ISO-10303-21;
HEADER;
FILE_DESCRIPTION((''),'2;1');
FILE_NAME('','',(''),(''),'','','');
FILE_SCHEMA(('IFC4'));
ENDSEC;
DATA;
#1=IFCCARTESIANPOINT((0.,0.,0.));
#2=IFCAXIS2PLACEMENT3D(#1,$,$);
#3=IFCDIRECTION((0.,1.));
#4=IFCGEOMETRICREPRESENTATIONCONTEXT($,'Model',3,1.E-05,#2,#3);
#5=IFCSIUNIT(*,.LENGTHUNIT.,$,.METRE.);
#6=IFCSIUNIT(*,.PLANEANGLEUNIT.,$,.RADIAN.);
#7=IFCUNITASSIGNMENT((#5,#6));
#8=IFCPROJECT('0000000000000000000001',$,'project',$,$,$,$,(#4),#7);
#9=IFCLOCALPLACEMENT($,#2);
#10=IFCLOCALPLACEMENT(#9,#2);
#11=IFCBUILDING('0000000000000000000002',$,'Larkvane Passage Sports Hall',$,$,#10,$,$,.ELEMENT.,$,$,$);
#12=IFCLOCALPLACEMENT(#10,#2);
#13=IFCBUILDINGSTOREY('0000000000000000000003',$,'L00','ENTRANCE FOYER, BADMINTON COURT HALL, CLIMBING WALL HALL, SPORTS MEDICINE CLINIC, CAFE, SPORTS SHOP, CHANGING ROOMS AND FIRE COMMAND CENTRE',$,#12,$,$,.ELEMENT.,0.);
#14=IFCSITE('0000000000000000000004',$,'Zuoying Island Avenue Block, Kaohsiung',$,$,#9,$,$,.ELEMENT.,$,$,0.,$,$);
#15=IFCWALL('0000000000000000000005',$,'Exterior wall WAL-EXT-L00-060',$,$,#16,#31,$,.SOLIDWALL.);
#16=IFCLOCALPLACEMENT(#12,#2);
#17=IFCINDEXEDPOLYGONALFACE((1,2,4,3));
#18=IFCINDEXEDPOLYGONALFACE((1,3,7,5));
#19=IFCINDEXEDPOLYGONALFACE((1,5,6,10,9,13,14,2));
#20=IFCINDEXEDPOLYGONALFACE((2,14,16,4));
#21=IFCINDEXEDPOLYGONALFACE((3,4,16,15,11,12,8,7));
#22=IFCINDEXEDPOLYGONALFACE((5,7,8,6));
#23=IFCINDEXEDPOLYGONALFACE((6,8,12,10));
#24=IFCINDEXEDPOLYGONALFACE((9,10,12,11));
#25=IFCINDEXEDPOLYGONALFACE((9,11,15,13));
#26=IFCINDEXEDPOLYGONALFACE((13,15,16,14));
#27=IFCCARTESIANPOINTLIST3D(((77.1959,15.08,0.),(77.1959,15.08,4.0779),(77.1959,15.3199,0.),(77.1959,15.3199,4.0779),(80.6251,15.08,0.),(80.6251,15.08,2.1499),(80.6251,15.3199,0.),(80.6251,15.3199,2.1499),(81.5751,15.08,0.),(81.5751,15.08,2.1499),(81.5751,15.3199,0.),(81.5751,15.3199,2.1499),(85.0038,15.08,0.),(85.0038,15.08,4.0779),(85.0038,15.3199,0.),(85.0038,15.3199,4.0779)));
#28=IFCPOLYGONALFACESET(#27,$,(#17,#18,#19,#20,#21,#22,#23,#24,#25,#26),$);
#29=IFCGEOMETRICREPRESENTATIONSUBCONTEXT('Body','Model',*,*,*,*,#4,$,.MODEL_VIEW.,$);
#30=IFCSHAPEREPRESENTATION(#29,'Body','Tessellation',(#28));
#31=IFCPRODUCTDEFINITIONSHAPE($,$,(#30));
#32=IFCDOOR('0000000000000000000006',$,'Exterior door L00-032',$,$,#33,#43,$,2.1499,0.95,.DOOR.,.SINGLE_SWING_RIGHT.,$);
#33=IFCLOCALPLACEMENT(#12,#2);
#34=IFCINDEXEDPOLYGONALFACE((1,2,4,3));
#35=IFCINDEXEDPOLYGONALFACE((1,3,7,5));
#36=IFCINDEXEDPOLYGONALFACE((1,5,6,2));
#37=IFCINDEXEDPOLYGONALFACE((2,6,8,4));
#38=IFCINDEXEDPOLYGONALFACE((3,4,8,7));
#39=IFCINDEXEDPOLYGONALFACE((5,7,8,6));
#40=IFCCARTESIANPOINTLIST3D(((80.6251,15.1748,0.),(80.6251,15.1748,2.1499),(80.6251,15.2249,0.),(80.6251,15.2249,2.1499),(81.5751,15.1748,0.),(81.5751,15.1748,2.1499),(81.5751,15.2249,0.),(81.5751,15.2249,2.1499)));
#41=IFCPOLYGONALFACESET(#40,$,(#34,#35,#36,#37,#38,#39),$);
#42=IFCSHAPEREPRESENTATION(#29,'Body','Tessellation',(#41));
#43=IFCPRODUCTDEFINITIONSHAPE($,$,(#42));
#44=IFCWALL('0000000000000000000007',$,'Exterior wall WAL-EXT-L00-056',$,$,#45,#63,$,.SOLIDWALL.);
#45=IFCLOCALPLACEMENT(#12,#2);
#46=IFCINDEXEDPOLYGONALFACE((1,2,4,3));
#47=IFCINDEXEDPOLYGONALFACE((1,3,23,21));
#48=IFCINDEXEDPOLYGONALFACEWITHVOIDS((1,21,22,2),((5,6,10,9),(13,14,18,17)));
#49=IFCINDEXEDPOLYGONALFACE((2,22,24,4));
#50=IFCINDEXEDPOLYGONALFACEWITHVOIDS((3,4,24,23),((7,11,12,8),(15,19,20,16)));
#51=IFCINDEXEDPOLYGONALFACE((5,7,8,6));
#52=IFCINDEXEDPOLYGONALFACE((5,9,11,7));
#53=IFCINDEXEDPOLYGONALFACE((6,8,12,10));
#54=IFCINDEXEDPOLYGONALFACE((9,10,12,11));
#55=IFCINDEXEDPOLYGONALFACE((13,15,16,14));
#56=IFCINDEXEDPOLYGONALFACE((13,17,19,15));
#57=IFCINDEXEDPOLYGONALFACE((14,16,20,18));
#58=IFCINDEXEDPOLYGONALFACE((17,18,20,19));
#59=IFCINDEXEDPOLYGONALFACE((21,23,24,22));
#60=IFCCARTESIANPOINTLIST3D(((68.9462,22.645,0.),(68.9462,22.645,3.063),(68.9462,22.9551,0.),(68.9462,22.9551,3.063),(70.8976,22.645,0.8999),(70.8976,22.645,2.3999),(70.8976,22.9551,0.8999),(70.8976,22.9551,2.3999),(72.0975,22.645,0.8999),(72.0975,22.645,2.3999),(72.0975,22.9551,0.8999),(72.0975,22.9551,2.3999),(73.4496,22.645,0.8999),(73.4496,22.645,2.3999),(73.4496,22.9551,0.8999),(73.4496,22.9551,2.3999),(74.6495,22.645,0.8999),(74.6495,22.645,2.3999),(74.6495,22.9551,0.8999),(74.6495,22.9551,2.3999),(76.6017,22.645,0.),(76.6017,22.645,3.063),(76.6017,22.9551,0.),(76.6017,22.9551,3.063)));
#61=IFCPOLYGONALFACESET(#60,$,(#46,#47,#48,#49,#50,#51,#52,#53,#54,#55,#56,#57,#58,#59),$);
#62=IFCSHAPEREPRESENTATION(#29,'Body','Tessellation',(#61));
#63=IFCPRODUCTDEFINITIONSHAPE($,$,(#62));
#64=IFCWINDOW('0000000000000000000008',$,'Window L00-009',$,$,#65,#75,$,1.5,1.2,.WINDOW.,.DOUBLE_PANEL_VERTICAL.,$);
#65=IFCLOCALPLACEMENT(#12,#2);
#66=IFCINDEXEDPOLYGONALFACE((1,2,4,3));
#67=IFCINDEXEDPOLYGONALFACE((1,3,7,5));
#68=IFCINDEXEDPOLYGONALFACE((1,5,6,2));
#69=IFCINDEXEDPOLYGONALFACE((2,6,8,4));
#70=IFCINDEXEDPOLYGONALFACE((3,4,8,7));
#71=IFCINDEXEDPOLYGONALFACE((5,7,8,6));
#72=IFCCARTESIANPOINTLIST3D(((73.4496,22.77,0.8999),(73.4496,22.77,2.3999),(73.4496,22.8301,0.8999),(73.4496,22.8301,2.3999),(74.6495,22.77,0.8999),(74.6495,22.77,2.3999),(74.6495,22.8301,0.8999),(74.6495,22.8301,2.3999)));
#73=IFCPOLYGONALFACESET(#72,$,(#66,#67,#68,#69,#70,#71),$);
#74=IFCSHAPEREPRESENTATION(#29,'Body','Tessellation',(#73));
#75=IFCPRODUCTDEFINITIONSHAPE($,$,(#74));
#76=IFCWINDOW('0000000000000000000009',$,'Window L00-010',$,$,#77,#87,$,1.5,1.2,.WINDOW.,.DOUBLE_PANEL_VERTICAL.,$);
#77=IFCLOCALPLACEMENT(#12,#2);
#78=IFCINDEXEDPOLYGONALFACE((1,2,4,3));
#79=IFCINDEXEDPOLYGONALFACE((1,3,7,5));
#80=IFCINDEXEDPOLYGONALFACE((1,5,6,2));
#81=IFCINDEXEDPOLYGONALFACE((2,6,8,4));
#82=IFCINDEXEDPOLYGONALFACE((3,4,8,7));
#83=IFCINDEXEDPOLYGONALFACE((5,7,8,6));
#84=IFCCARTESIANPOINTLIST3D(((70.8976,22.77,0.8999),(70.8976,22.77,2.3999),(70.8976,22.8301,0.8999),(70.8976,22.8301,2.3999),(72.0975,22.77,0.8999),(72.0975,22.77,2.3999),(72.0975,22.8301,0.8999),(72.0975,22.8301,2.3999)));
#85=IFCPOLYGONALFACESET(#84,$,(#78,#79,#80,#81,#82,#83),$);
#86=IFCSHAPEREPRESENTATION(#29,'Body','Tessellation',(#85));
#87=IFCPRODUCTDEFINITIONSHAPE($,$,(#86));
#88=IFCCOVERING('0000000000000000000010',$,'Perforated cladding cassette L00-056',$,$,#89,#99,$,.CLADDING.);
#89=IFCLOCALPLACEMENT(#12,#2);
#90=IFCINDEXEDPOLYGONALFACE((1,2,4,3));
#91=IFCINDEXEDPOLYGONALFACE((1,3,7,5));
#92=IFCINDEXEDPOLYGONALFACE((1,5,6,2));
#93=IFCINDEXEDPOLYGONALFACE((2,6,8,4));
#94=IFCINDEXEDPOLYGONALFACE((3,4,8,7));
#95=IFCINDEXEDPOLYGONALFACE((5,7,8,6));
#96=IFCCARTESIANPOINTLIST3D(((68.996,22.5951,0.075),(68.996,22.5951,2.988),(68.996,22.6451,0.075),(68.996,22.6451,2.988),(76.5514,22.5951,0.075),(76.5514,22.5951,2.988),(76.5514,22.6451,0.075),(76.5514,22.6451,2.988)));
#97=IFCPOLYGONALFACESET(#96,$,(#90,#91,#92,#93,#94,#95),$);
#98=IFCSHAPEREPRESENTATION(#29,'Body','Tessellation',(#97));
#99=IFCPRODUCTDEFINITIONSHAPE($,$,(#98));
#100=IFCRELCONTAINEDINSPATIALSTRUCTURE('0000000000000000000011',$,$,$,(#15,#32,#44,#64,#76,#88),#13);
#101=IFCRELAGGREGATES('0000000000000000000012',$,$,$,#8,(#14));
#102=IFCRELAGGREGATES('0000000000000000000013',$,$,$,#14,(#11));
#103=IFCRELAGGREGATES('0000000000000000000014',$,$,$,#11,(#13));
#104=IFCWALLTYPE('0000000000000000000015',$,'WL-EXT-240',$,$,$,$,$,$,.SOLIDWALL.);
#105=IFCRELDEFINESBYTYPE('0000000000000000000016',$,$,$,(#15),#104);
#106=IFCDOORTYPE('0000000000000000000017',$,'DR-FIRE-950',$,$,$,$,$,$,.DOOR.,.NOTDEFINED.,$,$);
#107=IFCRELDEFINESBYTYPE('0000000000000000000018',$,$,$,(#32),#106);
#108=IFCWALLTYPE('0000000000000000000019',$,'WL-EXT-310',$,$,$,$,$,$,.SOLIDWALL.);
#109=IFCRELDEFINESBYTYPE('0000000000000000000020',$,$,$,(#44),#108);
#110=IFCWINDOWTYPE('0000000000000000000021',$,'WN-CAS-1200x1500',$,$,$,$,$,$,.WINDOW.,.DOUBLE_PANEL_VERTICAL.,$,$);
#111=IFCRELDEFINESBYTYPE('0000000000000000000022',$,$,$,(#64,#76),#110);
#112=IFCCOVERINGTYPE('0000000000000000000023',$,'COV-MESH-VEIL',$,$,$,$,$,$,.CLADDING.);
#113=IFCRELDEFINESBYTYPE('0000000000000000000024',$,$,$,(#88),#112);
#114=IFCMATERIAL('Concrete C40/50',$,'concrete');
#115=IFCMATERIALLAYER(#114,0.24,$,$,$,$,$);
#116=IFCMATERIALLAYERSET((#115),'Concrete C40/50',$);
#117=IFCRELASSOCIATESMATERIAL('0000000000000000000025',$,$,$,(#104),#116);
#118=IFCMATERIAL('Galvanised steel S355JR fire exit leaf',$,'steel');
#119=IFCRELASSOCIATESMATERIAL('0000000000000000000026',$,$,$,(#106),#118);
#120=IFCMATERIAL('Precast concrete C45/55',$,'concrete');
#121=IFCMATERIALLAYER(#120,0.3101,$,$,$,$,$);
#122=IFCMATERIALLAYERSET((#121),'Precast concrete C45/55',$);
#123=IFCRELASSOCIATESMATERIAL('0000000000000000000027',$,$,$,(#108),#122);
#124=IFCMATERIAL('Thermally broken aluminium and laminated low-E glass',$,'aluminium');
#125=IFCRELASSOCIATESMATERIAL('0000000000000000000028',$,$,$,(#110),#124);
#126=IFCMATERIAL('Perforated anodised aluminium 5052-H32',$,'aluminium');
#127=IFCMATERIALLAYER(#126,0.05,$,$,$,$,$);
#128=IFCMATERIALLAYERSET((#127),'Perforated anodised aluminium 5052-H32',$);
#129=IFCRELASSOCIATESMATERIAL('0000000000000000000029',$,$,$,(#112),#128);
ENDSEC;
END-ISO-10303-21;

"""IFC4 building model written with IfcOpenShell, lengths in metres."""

from ifc_helpers import new_model, si_unit, direction, frame, frame_2d, origin, origin_2d, place, context, subcontext, project, spatial, rectangle, extrude, material, layer, layer_set, type_object, element, fill, save


model = new_model("IFC4")

# Units and contexts
model_context = context("Model", 3, precision=1e-05, world=origin(), true_north=direction((0.0, 1.0)))
body_context = subcontext(model_context, "Body", "Model", "MODEL_VIEW")
ifc_project = project(units=[si_unit("LENGTHUNIT", "METRE"), si_unit("PLANEANGLEUNIT", "RADIAN")], contexts=[model_context])

# Site, building, storey
site_placement = place(None, origin())
site = spatial("IfcSite", under=ifc_project, at=site_placement, Name="Zuoying Island Avenue Block, Kaohsiung", CompositionType="ELEMENT", RefElevation=0.0)
building_placement = place(site_placement, origin())
building = spatial("IfcBuilding", under=site, at=building_placement, Name="Larkvane Passage Sports Hall", CompositionType="ELEMENT")
storey_placement = place(building_placement, origin())
storey = spatial("IfcBuildingStorey", under=building, at=storey_placement, Name="L00", Description="ENTRANCE FOYER, BADMINTON COURT HALL, CLIMBING WALL HALL, SPORTS MEDICINE CLINIC, CAFE, SPORTS SHOP, CHANGING ROOMS AND FIRE COMMAND CENTRE", CompositionType="ELEMENT", Elevation=0.0)

# Wall, opening, door
ifc_material_1 = material(Name="Concrete C40/50", Category="concrete")
ifc_layer_1 = layer(ifc_material_1, 0.24)
ifc_layer_set_1 = layer_set([ifc_layer_1], Name="Concrete C40/50")
wall_type_1 = type_object("IfcWallType", Name="WL-EXT-240", PredefinedType="SOLIDWALL", material=ifc_layer_set_1)
wall_1_placement = place(storey_placement, frame((77.196, 15.2, 0.0), z_axis=(0.0, 0.0, 1.0), x_axis=(1.0, 0.0, 0.0)))
wall_1 = element("IfcWall", 1, at=wall_1_placement, inside=storey, type_object=wall_type_1, Name="Exterior wall WAL-EXT-L00-060", PredefinedType="SOLIDWALL", context=body_context, shape_type="SweptSolid", body=[
    extrude(rectangle(XDim=7.8079, YDim=0.24, at=frame_2d((3.9038, 0.0))), origin(), (0.0, 0.0, 1.0), 4.0779),
])
opening_1_placement = place(wall_1_placement, frame((3.429, 0.0, 0.0)))
opening_1 = element("IfcOpeningElement", 2, at=opening_1_placement, cuts=wall_1, PredefinedType="OPENING", context=body_context, shape_type="SweptSolid", body=[
    extrude(rectangle(XDim=0.95, YDim=2.1499, at=frame_2d((0.4751, 1.075))), frame((0.0, 0.1299, 0.0), z_axis=(0.0, -1.0, 0.0), x_axis=(1.0, 0.0, 0.0)), (0.0, 0.0, 1.0), 0.26),
])
ifc_material_2 = material(Name="Galvanised steel S355JR fire exit leaf", Category="steel")
door_type = type_object("IfcDoorType", Name="DR-FIRE-950", OperationType="NOTDEFINED", PredefinedType="DOOR", material=ifc_material_2)
door_placement = place(opening_1_placement, origin())
door = element("IfcDoor", 3, at=door_placement, inside=storey, type_object=door_type, Name="Exterior door L00-032", OperationType="SINGLE_SWING_RIGHT", OverallHeight=2.1499, OverallWidth=0.95, PredefinedType="DOOR", context=body_context, shape_type="SweptSolid", body=[
    extrude(rectangle(XDim=0.95, YDim=2.1499, at=frame_2d((0.4751, 1.075))), frame((0.0, 0.0249, 0.0), z_axis=(0.0, -1.0, 0.0), x_axis=(1.0, 0.0, 0.0)), (0.0, 0.0, 1.0), 0.05),
])
fill(opening_1, door)

# Wall, openings, windows
ifc_material_3 = material(Name="Precast concrete C45/55", Category="concrete")
ifc_layer_2 = layer(ifc_material_3, 0.3101)
ifc_layer_set_2 = layer_set([ifc_layer_2], Name="Precast concrete C45/55")
wall_type_2 = type_object("IfcWallType", Name="WL-EXT-310", PredefinedType="SOLIDWALL", material=ifc_layer_set_2)
wall_2_placement = place(storey_placement, frame((76.6016, 22.8, 0.0), z_axis=(0.0, 0.0, 1.0), x_axis=(-1.0, 0.0, 0.0)))
wall_2 = element("IfcWall", 4, at=wall_2_placement, inside=storey, type_object=wall_type_2, Name="Exterior wall WAL-EXT-L00-056", PredefinedType="SOLIDWALL", context=body_context, shape_type="SweptSolid", body=[
    extrude(rectangle(XDim=7.6555, YDim=0.3101, at=frame_2d((3.8276, 0.0))), origin(), (0.0, 0.0, 1.0), 3.063),
])
opening_2_placement = place(wall_2_placement, frame((1.9519, 0.0, 0.8999)))
opening_2 = element("IfcOpeningElement", 5, at=opening_2_placement, cuts=wall_2, PredefinedType="OPENING", context=body_context, shape_type="SweptSolid", body=[
    extrude(rectangle(XDim=1.2, YDim=1.5, at=frame_2d((0.6001, 0.75))), frame((0.0, 0.165, 0.0), z_axis=(0.0, -1.0, 0.0), x_axis=(1.0, 0.0, 0.0)), (0.0, 0.0, 1.0), 0.3301),
])
opening_3_placement = place(wall_2_placement, frame((4.5039, 0.0, 0.8999)))
opening_3 = element("IfcOpeningElement", 6, at=opening_3_placement, cuts=wall_2, PredefinedType="OPENING", context=body_context, shape_type="SweptSolid", body=[
    extrude(rectangle(XDim=1.2, YDim=1.5, at=frame_2d((0.6001, 0.75))), frame((0.0, 0.165, 0.0), z_axis=(0.0, -1.0, 0.0), x_axis=(1.0, 0.0, 0.0)), (0.0, 0.0, 1.0), 0.3301),
])
ifc_material_4 = material(Name="Thermally broken aluminium and laminated low-E glass", Category="aluminium")
window_type = type_object("IfcWindowType", Name="WN-CAS-1200x1500", PartitioningType="DOUBLE_PANEL_VERTICAL", PredefinedType="WINDOW", material=ifc_material_4)
window_1_placement = place(opening_2_placement, origin())
window_1 = element("IfcWindow", 7, at=window_1_placement, inside=storey, type_object=window_type, Name="Window L00-009", OverallHeight=1.5, OverallWidth=1.2, PartitioningType="DOUBLE_PANEL_VERTICAL", PredefinedType="WINDOW", context=body_context, shape_type="SweptSolid", body=[
    extrude(rectangle(XDim=1.2, YDim=1.5, at=frame_2d((0.6001, 0.75))), frame((0.0, 0.03, 0.0), z_axis=(0.0, -1.0, 0.0), x_axis=(1.0, 0.0, 0.0)), (0.0, 0.0, 1.0), 0.0601),
])
fill(opening_2, window_1)
window_2_placement = place(opening_3_placement, origin())
window_2 = element("IfcWindow", 8, at=window_2_placement, inside=storey, type_object=window_type, Name="Window L00-010", OverallHeight=1.5, OverallWidth=1.2, PartitioningType="DOUBLE_PANEL_VERTICAL", PredefinedType="WINDOW", context=body_context, shape_type="SweptSolid", body=[
    extrude(rectangle(XDim=1.2, YDim=1.5, at=frame_2d((0.6001, 0.75))), frame((0.0, 0.03, 0.0), z_axis=(0.0, -1.0, 0.0), x_axis=(1.0, 0.0, 0.0)), (0.0, 0.0, 1.0), 0.0601),
])
fill(opening_3, window_2)

# Covering
ifc_material_5 = material(Name="Perforated anodised aluminium 5052-H32", Category="aluminium")
ifc_layer_3 = layer(ifc_material_5, 0.05)
ifc_layer_set_3 = layer_set([ifc_layer_3], Name="Perforated anodised aluminium 5052-H32")
covering_type = type_object("IfcCoveringType", Name="COV-MESH-VEIL", PredefinedType="CLADDING", material=ifc_layer_set_3)
covering_placement = place(storey_placement, frame((72.7737, 22.6201, 0.075), z_axis=(0.0, 0.0, 1.0), x_axis=(-1.0, 0.0, 0.0)))
element("IfcCovering", 9, at=covering_placement, inside=storey, type_object=covering_type, Name="Perforated cladding cassette L00-056", PredefinedType="CLADDING", context=body_context, shape_type="SweptSolid", body=[
    extrude(rectangle(XDim=7.5554, YDim=0.05, at=origin_2d()), origin(), (0.0, 0.0, 1.0), 2.9131),
])

save(model, "model.ifc")
